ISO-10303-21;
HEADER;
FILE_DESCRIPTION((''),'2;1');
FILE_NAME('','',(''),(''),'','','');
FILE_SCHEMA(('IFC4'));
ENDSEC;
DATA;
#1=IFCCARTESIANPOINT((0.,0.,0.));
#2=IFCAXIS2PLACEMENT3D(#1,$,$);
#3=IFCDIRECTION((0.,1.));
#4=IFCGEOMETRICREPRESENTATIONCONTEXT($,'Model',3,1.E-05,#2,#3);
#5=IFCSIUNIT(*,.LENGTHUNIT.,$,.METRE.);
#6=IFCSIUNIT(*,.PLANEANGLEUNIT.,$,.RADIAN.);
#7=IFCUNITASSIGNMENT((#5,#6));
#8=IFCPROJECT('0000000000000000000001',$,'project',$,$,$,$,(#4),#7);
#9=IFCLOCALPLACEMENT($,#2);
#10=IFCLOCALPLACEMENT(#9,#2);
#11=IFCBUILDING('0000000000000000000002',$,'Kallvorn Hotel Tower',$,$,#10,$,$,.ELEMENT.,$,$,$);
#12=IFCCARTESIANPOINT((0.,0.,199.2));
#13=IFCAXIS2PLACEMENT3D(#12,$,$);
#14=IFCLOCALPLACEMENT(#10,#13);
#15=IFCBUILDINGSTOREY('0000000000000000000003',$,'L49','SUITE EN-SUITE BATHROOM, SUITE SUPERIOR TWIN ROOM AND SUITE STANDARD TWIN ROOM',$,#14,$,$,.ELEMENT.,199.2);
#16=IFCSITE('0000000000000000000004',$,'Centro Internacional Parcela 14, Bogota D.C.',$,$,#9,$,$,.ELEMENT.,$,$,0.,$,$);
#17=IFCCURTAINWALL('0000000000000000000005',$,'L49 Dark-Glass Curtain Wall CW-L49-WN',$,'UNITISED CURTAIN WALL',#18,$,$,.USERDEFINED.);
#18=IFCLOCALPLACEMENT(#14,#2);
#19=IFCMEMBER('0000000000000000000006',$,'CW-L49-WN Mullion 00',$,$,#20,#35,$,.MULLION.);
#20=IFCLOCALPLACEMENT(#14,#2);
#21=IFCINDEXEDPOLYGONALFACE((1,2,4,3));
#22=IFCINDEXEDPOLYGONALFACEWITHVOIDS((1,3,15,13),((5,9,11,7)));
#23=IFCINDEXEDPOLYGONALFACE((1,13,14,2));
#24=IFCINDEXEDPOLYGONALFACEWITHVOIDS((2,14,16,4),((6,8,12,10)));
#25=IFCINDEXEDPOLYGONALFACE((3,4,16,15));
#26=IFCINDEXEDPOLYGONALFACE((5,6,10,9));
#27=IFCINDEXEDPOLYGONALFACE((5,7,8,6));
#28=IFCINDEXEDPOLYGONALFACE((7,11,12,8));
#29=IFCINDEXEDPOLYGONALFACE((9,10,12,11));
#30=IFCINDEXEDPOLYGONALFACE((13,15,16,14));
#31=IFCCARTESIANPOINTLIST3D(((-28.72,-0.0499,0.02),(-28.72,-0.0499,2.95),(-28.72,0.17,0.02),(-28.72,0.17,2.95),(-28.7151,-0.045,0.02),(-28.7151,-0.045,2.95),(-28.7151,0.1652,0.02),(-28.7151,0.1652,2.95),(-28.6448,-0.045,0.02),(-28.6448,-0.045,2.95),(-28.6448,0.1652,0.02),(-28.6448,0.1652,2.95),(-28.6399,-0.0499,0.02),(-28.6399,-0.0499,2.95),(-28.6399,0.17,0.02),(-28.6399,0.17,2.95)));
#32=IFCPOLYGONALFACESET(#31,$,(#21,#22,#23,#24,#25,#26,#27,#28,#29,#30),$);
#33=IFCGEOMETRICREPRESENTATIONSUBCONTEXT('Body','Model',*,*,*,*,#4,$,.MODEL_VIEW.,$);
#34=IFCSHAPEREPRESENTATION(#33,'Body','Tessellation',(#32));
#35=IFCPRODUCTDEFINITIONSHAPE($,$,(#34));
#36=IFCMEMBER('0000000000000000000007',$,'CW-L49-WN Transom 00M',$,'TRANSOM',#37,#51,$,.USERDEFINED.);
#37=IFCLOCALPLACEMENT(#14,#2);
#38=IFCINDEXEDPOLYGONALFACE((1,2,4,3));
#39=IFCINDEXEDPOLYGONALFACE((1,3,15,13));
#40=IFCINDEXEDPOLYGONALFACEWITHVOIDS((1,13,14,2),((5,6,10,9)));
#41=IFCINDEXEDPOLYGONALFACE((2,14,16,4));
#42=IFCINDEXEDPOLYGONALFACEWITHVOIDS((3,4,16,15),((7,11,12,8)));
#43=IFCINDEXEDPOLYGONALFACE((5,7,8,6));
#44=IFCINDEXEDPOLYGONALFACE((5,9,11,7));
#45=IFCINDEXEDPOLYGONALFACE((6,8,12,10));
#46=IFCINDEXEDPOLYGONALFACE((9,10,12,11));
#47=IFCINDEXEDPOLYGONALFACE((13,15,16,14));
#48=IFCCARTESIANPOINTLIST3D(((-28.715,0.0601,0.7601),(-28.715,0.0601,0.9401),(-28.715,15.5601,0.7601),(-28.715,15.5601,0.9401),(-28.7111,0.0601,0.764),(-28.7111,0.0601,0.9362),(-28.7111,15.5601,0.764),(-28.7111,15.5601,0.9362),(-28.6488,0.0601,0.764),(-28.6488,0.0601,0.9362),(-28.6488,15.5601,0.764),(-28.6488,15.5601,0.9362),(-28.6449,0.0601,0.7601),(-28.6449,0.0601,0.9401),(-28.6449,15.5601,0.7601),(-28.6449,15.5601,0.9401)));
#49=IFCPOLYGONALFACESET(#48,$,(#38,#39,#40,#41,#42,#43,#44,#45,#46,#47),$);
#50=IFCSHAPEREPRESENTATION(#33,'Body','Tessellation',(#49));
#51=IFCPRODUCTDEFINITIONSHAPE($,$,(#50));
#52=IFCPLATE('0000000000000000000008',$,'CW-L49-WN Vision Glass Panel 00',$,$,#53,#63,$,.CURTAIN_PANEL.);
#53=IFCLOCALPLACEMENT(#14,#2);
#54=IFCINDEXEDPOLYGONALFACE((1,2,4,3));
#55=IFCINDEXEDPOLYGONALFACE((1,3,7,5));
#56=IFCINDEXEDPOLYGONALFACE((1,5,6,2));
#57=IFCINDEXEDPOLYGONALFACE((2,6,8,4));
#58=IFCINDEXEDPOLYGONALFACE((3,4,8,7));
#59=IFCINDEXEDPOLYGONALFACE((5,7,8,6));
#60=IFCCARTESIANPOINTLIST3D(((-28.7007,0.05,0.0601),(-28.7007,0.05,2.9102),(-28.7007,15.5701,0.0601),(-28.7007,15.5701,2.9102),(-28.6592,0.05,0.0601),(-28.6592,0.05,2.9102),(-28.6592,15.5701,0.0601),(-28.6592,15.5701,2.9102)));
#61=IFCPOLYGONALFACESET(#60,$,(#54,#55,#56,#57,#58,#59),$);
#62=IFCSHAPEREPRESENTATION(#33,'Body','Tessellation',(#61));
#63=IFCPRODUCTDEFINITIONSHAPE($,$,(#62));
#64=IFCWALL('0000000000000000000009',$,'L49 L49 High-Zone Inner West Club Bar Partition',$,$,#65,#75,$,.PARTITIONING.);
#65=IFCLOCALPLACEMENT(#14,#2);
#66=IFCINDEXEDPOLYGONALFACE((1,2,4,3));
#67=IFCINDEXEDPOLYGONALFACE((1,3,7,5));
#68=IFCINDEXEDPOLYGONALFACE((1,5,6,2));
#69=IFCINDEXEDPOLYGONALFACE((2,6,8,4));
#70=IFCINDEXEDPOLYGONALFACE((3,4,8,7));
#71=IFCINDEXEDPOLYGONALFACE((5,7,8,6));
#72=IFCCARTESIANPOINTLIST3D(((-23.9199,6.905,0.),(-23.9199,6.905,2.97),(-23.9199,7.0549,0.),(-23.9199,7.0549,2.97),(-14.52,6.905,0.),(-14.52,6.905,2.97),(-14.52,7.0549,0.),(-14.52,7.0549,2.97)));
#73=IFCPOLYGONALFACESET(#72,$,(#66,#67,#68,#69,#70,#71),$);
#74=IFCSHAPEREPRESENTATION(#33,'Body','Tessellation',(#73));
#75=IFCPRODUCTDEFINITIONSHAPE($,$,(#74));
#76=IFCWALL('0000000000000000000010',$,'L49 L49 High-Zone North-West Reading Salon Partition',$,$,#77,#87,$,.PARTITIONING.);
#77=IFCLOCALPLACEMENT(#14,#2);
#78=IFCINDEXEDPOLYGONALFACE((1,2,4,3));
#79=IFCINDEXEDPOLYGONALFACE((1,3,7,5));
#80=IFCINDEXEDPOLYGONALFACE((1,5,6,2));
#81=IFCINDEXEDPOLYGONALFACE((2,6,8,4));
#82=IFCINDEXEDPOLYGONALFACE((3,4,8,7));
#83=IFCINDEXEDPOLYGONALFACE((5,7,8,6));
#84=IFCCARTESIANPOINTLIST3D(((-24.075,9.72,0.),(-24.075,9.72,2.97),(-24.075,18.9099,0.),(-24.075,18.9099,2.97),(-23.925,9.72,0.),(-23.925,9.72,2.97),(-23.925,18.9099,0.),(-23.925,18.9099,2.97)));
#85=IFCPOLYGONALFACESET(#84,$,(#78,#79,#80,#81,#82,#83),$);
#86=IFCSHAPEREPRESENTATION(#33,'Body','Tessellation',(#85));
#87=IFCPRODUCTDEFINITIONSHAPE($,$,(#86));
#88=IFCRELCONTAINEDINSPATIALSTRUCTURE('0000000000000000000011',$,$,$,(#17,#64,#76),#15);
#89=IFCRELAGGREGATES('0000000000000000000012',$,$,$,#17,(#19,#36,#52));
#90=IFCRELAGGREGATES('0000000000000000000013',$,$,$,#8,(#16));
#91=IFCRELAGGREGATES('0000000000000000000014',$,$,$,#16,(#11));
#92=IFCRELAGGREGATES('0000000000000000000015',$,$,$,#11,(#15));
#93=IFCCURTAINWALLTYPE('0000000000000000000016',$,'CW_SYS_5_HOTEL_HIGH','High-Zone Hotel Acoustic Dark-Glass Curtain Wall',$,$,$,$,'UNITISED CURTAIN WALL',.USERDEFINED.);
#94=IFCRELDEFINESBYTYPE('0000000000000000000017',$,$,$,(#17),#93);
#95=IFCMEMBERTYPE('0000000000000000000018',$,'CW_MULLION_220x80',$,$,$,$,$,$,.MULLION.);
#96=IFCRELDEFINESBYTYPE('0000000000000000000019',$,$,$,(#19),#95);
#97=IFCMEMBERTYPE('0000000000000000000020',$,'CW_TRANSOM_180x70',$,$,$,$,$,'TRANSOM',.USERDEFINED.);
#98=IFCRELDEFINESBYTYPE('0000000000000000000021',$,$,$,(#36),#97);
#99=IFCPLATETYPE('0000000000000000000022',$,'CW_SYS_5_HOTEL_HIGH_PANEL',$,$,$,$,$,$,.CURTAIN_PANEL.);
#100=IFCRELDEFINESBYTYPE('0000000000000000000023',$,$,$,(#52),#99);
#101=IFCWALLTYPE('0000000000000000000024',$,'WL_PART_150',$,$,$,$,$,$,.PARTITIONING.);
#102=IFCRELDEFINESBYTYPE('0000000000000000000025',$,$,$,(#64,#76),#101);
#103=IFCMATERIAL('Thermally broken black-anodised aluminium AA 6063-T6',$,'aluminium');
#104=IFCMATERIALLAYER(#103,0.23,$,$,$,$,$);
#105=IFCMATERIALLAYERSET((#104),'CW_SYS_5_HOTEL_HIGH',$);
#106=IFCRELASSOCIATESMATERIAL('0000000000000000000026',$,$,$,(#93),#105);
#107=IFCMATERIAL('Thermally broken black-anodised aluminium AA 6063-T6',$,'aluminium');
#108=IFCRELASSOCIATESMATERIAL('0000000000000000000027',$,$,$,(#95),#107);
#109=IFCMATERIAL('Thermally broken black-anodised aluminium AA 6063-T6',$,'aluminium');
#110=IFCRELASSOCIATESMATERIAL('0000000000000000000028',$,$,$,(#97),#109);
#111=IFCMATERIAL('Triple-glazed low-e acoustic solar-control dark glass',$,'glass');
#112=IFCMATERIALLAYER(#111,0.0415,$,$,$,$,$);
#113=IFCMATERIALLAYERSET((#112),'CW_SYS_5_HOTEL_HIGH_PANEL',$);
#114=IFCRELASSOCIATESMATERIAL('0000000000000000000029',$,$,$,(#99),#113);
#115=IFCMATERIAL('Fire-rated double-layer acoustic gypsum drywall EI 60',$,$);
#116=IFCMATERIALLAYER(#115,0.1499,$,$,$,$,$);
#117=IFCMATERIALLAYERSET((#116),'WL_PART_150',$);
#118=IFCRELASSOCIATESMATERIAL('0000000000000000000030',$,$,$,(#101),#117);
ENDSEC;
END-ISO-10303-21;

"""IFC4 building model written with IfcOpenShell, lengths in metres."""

from ifc_helpers import new_model, si_unit, direction, frame, frame_2d, origin, origin_2d, place, context, subcontext, project, spatial, rectangle, hollow_rectangle, extrude, material, layer, layer_set, material_profile, profile_set, type_object, element, aggregate, save


model = new_model("IFC4")

# Units and contexts
model_context = context("Model", 3, precision=1e-05, world=origin(), true_north=direction((0.0, 1.0)))
body_context = subcontext(model_context, "Body", "Model", "MODEL_VIEW")
ifc_project = project(units=[si_unit("LENGTHUNIT", "METRE"), si_unit("PLANEANGLEUNIT", "RADIAN")], contexts=[model_context])

# Site, building, storey
site_placement = place(None, origin())
site = spatial("IfcSite", under=ifc_project, at=site_placement, Name="Centro Internacional Parcela 14, Bogota D.C.", CompositionType="ELEMENT", RefElevation=0.0)
building_placement = place(site_placement, origin())
building = spatial("IfcBuilding", under=site, at=building_placement, Name="Kallvorn Hotel Tower", CompositionType="ELEMENT")
storey_placement = place(building_placement, frame((0.0, 0.0, 199.2)))
storey = spatial("IfcBuildingStorey", under=building, at=storey_placement, Name="L49", Description="SUITE EN-SUITE BATHROOM, SUITE SUPERIOR TWIN ROOM AND SUITE STANDARD TWIN ROOM", CompositionType="ELEMENT", Elevation=199.2)

# Curtain wall, members, plate
ifc_material_1 = material(Name="Thermally broken black-anodised aluminium AA 6063-T6", Category="aluminium")
ifc_layer_1 = layer(ifc_material_1, 0.23)
ifc_layer_set_1 = layer_set([ifc_layer_1], Name="CW_SYS_5_HOTEL_HIGH")
curtain_wall_type = type_object("IfcCurtainWallType", Name="CW_SYS_5_HOTEL_HIGH", Description="High-Zone Hotel Acoustic Dark-Glass Curtain Wall", ElementType="UNITISED CURTAIN WALL", PredefinedType="USERDEFINED", material=ifc_layer_set_1)
curtain_wall_placement = place(storey_placement, origin())
curtain_wall = element("IfcCurtainWall", 1, at=curtain_wall_placement, inside=storey, type_object=curtain_wall_type, Name="L49 Dark-Glass Curtain Wall CW-L49-WN", ObjectType="UNITISED CURTAIN WALL", PredefinedType="USERDEFINED")
ifc_material_2 = material(Name="Thermally broken black-anodised aluminium AA 6063-T6", Category="aluminium")
ifc_material_profile_1 = material_profile(ifc_material_2, hollow_rectangle(XDim=0.0801, YDim=0.22, WallThickness=0.0049, at=origin_2d()), Name="MUL 220x80")
ifc_profile_set_1 = profile_set([ifc_material_profile_1], Name="Thermally broken black-anodised aluminium AA 6063-T6")
member_type_1 = type_object("IfcMemberType", Name="CW_MULLION_220x80", PredefinedType="MULLION", material=ifc_profile_set_1)
member_1_placement = place(storey_placement, frame((-28.6799, 0.0601, 0.02), z_axis=(0.0, 0.0, 1.0), x_axis=(1.0, 0.0, 0.0)))
member_1 = element("IfcMember", 2, at=member_1_placement, type_object=member_type_1, Name="CW-L49-WN Mullion 00", PredefinedType="MULLION", context=body_context, shape_type="SweptSolid", body=[
    extrude(hollow_rectangle(XDim=0.0801, YDim=0.22, WallThickness=0.0049, at=origin_2d()), origin(), (0.0, 0.0, 1.0), 2.9299),
])
ifc_material_3 = material(Name="Thermally broken black-anodised aluminium AA 6063-T6", Category="aluminium")
ifc_material_profile_2 = material_profile(ifc_material_3, hollow_rectangle(XDim=0.0701, YDim=0.1799, WallThickness=0.0039, at=origin_2d()), Name="TRN 180x70")
ifc_profile_set_2 = profile_set([ifc_material_profile_2], Name="Thermally broken black-anodised aluminium AA 6063-T6")
member_type_2 = type_object("IfcMemberType", Name="CW_TRANSOM_180x70", ElementType="TRANSOM", PredefinedType="USERDEFINED", material=ifc_profile_set_2)
member_2_placement = place(storey_placement, frame((-28.6799, 0.0601, 0.8501), z_axis=(0.0, 1.0, 0.0), x_axis=(-1.0, 0.0, 0.0)))
member_2 = element("IfcMember", 3, at=member_2_placement, type_object=member_type_2, Name="CW-L49-WN Transom 00M", ObjectType="TRANSOM", PredefinedType="USERDEFINED", context=body_context, shape_type="SweptSolid", body=[
    extrude(hollow_rectangle(XDim=0.0701, YDim=0.1799, WallThickness=0.0039, at=origin_2d()), origin(), (0.0, 0.0, 1.0), 15.5),
])
ifc_material_4 = material(Name="Triple-glazed low-e acoustic solar-control dark glass", Category="glass")
ifc_layer_2 = layer(ifc_material_4, 0.0415)
ifc_layer_set_2 = layer_set([ifc_layer_2], Name="CW_SYS_5_HOTEL_HIGH_PANEL")
plate_type = type_object("IfcPlateType", Name="CW_SYS_5_HOTEL_HIGH_PANEL", PredefinedType="CURTAIN_PANEL", material=ifc_layer_set_2)
plate_placement = place(storey_placement, frame((-28.6799, 7.8101, 0.0601), z_axis=(0.0, 0.0, 1.0), x_axis=(0.0, 1.0, 0.0)))
plate = element("IfcPlate", 4, at=plate_placement, type_object=plate_type, Name="CW-L49-WN Vision Glass Panel 00", PredefinedType="CURTAIN_PANEL", context=body_context, shape_type="SweptSolid", body=[
    extrude(rectangle(XDim=15.52, YDim=0.0415, at=origin_2d()), origin(), (0.0, 0.0, 1.0), 2.8501),
])
aggregate(curtain_wall, [member_1, member_2, plate])

# Walls
ifc_material_5 = material(Name="Fire-rated double-layer acoustic gypsum drywall EI 60")
ifc_layer_3 = layer(ifc_material_5, 0.1499)
ifc_layer_set_3 = layer_set([ifc_layer_3], Name="WL_PART_150")
wall_type_1 = type_object("IfcWallType", Name="WL_PART_150", PredefinedType="PARTITIONING", material=ifc_layer_set_3)
wall_1_placement = place(storey_placement, frame((-23.9199, 6.98, 0.0), z_axis=(0.0, 0.0, 1.0), x_axis=(1.0, 0.0, 0.0)))
element("IfcWall", 5, at=wall_1_placement, inside=storey, type_object=wall_type_1, Name="L49 L49 High-Zone Inner West Club Bar Partition", PredefinedType="PARTITIONING", context=body_context, shape_type="SweptSolid", body=[
    extrude(rectangle(XDim=9.3999, YDim=0.1499, at=frame_2d((4.7, 0.0))), origin(), (0.0, 0.0, 1.0), 2.97),
])
wall_2_placement = place(storey_placement, frame((-24.0, 9.72, 0.0), z_axis=(0.0, 0.0, 1.0), x_axis=(0.0, 1.0, 0.0)))
element("IfcWall", 6, at=wall_2_placement, inside=storey, type_object=wall_type_1, Name="L49 L49 High-Zone North-West Reading Salon Partition", PredefinedType="PARTITIONING", context=body_context, shape_type="SweptSolid", body=[
    extrude(rectangle(XDim=9.1899, YDim=0.1499, at=frame_2d((4.595, 0.0))), origin(), (0.0, 0.0, 1.0), 2.97),
])

save(model, "model.ifc")
